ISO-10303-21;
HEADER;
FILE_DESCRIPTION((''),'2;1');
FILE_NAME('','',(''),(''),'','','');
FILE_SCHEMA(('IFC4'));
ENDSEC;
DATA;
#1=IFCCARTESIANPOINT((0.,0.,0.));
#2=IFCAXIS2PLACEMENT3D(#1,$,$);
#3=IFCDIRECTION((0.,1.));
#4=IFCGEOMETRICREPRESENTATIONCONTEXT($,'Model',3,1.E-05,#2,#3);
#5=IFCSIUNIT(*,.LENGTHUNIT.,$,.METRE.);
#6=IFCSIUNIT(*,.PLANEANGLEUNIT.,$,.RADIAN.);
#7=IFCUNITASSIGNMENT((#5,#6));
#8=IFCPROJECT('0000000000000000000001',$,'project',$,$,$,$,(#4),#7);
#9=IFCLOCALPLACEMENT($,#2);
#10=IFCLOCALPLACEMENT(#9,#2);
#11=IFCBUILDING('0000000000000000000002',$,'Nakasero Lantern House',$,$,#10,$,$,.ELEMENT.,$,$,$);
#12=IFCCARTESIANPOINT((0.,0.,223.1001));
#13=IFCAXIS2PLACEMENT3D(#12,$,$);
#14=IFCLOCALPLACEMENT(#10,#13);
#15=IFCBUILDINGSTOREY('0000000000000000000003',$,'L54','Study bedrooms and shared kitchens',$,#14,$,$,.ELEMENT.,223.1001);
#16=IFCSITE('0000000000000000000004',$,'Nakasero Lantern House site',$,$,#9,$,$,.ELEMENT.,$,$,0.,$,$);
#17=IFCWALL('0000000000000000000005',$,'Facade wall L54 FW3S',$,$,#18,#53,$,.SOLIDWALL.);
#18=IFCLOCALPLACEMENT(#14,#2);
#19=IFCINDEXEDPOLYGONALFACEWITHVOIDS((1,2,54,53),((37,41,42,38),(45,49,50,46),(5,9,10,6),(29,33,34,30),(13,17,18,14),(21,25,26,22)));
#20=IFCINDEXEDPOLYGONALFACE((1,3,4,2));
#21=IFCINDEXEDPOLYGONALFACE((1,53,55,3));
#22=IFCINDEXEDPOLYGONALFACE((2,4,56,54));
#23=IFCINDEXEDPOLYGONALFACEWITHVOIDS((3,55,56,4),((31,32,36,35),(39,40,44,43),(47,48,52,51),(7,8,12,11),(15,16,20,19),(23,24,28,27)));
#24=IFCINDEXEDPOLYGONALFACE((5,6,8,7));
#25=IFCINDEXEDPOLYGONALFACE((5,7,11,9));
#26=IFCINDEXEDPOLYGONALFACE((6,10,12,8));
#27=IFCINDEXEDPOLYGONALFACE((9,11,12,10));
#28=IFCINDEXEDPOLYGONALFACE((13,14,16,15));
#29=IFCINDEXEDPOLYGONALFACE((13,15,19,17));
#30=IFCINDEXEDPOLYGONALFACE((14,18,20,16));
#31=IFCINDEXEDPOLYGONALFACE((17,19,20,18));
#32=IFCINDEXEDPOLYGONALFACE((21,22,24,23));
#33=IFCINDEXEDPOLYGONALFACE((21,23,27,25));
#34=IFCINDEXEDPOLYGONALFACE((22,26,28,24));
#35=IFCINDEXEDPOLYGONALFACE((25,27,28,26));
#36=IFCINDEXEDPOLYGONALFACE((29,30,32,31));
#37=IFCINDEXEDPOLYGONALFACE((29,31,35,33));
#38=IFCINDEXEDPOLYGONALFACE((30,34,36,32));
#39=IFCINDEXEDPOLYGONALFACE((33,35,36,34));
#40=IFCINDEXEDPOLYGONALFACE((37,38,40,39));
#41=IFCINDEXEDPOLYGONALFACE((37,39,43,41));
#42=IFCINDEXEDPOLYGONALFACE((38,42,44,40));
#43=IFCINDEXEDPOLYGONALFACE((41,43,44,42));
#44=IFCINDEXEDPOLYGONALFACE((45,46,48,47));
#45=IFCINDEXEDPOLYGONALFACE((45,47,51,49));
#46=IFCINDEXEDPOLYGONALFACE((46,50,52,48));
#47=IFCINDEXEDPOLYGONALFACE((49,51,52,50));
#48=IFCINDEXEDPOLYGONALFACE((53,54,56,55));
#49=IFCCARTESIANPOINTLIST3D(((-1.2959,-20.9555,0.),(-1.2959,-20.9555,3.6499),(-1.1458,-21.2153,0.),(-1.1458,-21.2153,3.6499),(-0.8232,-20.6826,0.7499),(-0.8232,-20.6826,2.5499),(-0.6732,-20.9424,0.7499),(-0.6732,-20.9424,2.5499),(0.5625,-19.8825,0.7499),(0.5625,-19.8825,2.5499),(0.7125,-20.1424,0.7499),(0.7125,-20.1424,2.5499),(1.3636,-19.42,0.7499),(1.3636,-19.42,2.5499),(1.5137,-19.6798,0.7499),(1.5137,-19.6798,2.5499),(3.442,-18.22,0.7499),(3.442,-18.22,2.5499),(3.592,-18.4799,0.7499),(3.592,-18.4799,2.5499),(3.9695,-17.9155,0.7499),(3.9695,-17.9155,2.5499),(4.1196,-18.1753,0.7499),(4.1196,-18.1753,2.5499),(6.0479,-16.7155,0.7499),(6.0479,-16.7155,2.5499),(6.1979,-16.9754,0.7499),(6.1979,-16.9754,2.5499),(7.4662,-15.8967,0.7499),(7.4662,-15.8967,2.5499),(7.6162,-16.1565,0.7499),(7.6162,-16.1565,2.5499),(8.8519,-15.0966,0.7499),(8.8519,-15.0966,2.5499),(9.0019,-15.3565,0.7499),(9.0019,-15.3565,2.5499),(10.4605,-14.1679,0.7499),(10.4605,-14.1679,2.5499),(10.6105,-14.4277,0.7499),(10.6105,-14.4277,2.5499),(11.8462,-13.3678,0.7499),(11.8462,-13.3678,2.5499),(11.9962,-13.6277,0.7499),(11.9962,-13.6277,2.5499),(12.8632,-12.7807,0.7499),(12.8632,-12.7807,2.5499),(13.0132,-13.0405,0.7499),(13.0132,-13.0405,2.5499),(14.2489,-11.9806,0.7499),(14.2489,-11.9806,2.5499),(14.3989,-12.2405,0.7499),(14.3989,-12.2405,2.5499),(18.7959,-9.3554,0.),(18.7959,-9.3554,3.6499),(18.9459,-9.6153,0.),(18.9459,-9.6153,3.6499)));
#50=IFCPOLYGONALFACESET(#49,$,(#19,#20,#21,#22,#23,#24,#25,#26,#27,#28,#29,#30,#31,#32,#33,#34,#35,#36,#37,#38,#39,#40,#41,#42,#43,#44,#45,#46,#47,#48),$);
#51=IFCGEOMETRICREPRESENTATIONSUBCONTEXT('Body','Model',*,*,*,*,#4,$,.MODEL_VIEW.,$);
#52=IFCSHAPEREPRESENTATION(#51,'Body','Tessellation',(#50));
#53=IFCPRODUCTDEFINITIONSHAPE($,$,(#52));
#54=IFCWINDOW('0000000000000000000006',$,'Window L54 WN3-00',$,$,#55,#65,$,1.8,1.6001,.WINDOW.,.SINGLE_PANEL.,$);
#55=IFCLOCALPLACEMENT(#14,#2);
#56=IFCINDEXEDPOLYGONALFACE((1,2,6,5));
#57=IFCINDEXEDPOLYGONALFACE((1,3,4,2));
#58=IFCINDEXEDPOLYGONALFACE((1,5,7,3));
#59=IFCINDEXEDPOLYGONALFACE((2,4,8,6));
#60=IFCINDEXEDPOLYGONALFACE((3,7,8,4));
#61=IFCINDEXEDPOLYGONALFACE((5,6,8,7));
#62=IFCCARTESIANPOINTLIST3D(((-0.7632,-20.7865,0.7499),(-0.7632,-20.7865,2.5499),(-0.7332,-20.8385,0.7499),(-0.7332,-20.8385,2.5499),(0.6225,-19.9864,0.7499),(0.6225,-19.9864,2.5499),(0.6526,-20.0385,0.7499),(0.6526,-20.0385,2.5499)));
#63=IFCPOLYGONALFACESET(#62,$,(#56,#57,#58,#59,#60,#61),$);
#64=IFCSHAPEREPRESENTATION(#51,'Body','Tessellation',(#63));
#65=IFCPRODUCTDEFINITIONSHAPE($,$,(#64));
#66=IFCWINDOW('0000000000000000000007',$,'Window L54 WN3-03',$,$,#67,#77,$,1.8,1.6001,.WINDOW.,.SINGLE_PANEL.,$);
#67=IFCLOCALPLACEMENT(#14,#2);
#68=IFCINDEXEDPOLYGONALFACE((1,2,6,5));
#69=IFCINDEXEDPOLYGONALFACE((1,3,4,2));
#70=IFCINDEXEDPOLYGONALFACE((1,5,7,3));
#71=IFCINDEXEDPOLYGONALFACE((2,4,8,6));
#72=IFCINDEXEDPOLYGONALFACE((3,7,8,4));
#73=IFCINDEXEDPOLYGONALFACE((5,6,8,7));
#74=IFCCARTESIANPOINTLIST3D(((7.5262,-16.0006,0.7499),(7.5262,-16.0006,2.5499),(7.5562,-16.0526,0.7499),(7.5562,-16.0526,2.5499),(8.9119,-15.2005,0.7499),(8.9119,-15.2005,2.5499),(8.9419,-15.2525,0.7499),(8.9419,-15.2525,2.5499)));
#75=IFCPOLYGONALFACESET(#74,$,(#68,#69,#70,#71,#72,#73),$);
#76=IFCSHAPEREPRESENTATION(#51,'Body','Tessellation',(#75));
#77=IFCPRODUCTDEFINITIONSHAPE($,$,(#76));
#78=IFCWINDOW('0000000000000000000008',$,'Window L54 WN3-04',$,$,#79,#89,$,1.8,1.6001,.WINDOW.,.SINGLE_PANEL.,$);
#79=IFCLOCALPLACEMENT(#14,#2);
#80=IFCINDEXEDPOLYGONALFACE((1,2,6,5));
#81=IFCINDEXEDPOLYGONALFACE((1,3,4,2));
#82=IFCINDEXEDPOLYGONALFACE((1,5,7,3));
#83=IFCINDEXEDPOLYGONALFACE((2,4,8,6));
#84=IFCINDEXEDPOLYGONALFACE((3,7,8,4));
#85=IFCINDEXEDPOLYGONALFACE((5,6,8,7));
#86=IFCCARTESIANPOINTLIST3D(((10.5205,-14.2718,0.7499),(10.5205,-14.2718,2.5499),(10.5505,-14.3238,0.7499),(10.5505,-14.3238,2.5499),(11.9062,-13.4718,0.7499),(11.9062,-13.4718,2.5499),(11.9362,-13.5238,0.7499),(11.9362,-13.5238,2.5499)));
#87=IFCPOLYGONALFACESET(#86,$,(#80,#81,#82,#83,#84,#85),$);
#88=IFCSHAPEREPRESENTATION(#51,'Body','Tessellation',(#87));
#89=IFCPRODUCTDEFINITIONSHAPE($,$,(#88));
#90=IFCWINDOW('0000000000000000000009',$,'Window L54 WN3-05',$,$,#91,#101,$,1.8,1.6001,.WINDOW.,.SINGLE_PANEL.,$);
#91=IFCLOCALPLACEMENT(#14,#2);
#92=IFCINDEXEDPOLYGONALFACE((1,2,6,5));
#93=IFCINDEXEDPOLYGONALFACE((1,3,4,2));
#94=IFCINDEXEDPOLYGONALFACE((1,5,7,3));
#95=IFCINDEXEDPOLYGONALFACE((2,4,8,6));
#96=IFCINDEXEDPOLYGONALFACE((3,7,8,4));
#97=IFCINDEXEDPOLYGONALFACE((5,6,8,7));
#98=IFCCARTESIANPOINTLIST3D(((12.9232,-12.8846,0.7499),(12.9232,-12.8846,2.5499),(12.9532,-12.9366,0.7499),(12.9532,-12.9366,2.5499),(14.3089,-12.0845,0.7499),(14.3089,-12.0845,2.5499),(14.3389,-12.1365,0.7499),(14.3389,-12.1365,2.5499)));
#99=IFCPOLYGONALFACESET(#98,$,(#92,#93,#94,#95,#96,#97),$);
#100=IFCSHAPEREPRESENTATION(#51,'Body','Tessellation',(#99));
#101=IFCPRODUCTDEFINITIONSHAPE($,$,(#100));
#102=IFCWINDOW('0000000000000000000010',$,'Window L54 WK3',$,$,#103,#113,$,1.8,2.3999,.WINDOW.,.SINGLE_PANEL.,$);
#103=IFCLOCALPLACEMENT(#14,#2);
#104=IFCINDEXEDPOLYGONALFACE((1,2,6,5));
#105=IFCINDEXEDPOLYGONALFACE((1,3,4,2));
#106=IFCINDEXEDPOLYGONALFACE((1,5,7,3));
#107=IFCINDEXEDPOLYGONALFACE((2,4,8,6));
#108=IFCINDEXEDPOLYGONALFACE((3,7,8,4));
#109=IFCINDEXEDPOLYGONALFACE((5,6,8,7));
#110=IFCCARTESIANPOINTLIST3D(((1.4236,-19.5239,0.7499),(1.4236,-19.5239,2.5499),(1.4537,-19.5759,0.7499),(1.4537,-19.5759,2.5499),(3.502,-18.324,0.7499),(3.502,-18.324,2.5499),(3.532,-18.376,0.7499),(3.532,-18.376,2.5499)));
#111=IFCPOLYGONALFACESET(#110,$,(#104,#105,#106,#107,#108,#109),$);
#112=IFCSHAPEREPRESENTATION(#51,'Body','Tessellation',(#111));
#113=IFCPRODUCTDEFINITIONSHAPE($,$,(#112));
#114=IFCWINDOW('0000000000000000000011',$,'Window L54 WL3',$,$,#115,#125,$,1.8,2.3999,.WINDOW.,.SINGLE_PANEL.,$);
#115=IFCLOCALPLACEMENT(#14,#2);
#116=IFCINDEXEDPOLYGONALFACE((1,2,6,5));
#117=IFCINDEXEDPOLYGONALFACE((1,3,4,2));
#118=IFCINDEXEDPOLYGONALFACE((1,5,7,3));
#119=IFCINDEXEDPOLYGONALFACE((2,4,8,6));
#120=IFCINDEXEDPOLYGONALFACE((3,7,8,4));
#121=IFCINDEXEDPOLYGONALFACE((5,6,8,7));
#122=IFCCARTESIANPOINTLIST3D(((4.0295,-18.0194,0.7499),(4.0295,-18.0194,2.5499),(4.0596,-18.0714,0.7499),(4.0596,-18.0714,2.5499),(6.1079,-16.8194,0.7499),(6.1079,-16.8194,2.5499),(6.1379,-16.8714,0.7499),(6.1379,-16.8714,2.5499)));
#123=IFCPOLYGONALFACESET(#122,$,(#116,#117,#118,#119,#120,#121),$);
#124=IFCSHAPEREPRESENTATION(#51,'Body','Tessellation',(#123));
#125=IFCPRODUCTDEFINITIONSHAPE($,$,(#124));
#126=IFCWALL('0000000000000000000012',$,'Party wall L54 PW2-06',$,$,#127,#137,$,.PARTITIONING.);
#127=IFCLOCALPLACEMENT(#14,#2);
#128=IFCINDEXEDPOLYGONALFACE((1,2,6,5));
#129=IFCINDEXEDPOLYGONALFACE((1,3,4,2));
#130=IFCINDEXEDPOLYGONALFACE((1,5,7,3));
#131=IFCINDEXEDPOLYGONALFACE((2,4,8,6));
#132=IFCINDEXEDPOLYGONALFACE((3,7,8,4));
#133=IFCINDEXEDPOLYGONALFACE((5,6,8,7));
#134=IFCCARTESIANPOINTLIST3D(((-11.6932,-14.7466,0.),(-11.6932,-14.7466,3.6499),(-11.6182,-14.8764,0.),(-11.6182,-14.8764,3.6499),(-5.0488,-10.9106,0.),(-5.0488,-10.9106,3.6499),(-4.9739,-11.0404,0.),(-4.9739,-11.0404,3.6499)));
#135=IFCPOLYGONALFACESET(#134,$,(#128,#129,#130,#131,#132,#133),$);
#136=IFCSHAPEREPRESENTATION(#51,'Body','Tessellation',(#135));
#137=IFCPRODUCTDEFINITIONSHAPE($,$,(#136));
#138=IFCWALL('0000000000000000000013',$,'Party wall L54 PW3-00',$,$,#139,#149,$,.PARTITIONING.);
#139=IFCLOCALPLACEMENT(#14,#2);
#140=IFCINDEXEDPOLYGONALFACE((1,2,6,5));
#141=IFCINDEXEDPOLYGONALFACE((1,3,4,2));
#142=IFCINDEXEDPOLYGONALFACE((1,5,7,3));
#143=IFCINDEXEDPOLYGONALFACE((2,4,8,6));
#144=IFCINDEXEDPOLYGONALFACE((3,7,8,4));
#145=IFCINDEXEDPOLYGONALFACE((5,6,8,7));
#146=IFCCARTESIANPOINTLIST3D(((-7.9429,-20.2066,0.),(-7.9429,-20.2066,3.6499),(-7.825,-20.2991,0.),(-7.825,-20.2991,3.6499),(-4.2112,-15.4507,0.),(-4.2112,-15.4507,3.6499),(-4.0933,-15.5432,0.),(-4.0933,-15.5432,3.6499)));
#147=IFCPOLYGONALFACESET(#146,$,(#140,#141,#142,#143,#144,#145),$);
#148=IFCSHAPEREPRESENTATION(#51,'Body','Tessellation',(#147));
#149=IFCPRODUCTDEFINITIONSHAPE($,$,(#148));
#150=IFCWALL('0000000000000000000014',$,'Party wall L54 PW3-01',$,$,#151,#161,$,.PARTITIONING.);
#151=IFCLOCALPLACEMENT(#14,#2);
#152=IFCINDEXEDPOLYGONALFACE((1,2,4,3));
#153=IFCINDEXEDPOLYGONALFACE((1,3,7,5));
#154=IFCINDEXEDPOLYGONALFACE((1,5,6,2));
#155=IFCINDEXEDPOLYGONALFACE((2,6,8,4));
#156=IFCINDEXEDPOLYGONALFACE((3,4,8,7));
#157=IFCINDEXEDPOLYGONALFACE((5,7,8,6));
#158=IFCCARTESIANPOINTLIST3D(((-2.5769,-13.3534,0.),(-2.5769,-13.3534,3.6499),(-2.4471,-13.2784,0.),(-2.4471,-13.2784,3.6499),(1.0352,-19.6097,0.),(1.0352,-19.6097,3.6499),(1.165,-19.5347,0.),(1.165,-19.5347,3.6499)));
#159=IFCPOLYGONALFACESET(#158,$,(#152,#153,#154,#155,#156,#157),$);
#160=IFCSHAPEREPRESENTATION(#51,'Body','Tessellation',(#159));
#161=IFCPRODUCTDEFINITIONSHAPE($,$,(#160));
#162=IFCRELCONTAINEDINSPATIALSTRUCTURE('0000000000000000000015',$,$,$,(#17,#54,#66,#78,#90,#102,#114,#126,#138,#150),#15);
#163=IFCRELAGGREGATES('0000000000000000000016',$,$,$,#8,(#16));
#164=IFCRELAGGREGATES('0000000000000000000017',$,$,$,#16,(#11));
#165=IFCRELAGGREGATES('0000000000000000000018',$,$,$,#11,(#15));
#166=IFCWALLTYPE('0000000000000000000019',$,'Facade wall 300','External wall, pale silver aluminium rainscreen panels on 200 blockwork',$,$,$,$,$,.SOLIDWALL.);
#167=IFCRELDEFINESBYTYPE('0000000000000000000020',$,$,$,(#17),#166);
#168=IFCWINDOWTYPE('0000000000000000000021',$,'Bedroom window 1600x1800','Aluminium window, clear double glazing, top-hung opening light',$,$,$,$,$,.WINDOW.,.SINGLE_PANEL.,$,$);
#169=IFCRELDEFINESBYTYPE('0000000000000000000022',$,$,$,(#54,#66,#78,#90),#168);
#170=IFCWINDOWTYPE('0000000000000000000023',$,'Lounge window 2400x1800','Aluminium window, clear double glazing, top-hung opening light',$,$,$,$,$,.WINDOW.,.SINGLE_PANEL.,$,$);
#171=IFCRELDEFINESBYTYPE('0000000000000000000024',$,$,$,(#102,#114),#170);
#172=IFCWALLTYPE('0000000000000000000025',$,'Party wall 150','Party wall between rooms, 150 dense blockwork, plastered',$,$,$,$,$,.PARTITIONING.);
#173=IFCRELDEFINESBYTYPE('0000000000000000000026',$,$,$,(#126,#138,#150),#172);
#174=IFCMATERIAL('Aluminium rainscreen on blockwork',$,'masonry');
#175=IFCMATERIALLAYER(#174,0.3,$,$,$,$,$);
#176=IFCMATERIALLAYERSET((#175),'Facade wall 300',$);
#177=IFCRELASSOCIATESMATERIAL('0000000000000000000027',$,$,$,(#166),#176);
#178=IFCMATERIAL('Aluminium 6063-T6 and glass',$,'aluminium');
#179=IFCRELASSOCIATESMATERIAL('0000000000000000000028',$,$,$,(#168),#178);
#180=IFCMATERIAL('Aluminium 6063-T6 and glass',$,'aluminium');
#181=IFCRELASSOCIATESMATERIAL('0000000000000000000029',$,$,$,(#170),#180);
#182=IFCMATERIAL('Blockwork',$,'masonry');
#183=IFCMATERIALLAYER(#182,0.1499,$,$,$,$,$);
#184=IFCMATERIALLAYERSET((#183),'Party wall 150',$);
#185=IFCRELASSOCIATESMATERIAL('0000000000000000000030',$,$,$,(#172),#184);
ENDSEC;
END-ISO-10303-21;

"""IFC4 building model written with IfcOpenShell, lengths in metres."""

from ifc_helpers import new_model, si_unit, direction, frame, frame_2d, origin, place, context, subcontext, project, spatial, rectangle, extrude, material, layer, layer_set, type_object, element, fill, save


model = new_model("IFC4")

# Units and contexts
model_context = context("Model", 3, precision=1e-05, world=origin(), true_north=direction((0.0, 1.0)))
body_context = subcontext(model_context, "Body", "Model", "MODEL_VIEW")
ifc_project = project(units=[si_unit("LENGTHUNIT", "METRE"), si_unit("PLANEANGLEUNIT", "RADIAN")], contexts=[model_context])

# Site, building, storey
site_placement = place(None, origin())
site = spatial("IfcSite", under=ifc_project, at=site_placement, Name="Nakasero Lantern House site", CompositionType="ELEMENT", RefElevation=0.0)
building_placement = place(site_placement, origin())
building = spatial("IfcBuilding", under=site, at=building_placement, Name="Nakasero Lantern House", CompositionType="ELEMENT")
storey_placement = place(building_placement, frame((0.0, 0.0, 223.1001)))
storey = spatial("IfcBuildingStorey", under=building, at=storey_placement, Name="L54", Description="Study bedrooms and shared kitchens", CompositionType="ELEMENT", Elevation=223.1001)

# Shared definitions
ifc_material_1 = material(Name="Aluminium rainscreen on blockwork", Category="masonry")
ifc_layer_1 = layer(ifc_material_1, 0.3)
ifc_layer_set_1 = layer_set([ifc_layer_1], Name="Facade wall 300")
wall_type_1 = type_object("IfcWallType", Name="Facade wall 300", Description="External wall, pale silver aluminium rainscreen panels on 200 blockwork", PredefinedType="SOLIDWALL", material=ifc_layer_set_1)

# Wall, openings, windows
wall_1_placement = place(storey_placement, frame((-1.2209, -21.0854, 0.0), z_axis=(0.0, 0.0, 1.0), x_axis=(0.866024, 0.500003, 0.0)))
wall_1 = element("IfcWall", 1, at=wall_1_placement, inside=storey, type_object=wall_type_1, Name="Facade wall L54 FW3S", PredefinedType="SOLIDWALL", context=body_context, shape_type="SweptSolid", body=[
    extrude(rectangle(XDim=23.2, YDim=0.3, at=frame_2d((11.6001, 0.0))), origin(), (0.0, 0.0, 1.0), 3.6499),
])
opening_1_placement = place(wall_1_placement, frame((0.5459, 0.0, 0.75)))
opening_1 = element("IfcOpeningElement", 2, at=opening_1_placement, cuts=wall_1, PredefinedType="OPENING", context=body_context, shape_type="SweptSolid", body=[
    extrude(rectangle(XDim=1.6001, YDim=1.8, at=frame_2d((0.8, 0.8999))), frame((0.0, 0.1699, 0.0), z_axis=(0.0, -1.0, 0.0), x_axis=(1.0, 0.0, 0.0)), (0.0, 0.0, 1.0), 0.3401),
])
opening_2_placement = place(wall_1_placement, frame((10.1177, 0.0, 0.75)))
opening_2 = element("IfcOpeningElement", 3, at=opening_2_placement, cuts=wall_1, PredefinedType="OPENING", context=body_context, shape_type="SweptSolid", body=[
    extrude(rectangle(XDim=1.6001, YDim=1.8, at=frame_2d((0.8, 0.8999))), frame((0.0, 0.1699, 0.0), z_axis=(0.0, -1.0, 0.0), x_axis=(1.0, 0.0, 0.0)), (0.0, 0.0, 1.0), 0.3401),
])
opening_3_placement = place(wall_1_placement, frame((13.5752, 0.0, 0.75)))
opening_3 = element("IfcOpeningElement", 4, at=opening_3_placement, cuts=wall_1, PredefinedType="OPENING", context=body_context, shape_type="SweptSolid", body=[
    extrude(rectangle(XDim=1.6001, YDim=1.8, at=frame_2d((0.8, 0.8999))), frame((0.0, 0.1699, 0.0), z_axis=(0.0, -1.0, 0.0), x_axis=(1.0, 0.0, 0.0)), (0.0, 0.0, 1.0), 0.3401),
])
opening_4_placement = place(wall_1_placement, frame((16.3496, 0.0, 0.75)))
opening_4 = element("IfcOpeningElement", 5, at=opening_4_placement, cuts=wall_1, PredefinedType="OPENING", context=body_context, shape_type="SweptSolid", body=[
    extrude(rectangle(XDim=1.6001, YDim=1.8, at=frame_2d((0.8, 0.8999))), frame((0.0, 0.1699, 0.0), z_axis=(0.0, -1.0, 0.0), x_axis=(1.0, 0.0, 0.0)), (0.0, 0.0, 1.0), 0.3401),
])
opening_5_placement = place(wall_1_placement, frame((3.071, 0.0, 0.75)))
opening_5 = element("IfcOpeningElement", 6, at=opening_5_placement, cuts=wall_1, PredefinedType="OPENING", context=body_context, shape_type="SweptSolid", body=[
    extrude(rectangle(XDim=2.3999, YDim=1.8, at=frame_2d((1.2, 0.8999))), frame((0.0, 0.1699, 0.0), z_axis=(0.0, -1.0, 0.0), x_axis=(1.0, 0.0, 0.0)), (0.0, 0.0, 1.0), 0.3401),
])
opening_6_placement = place(wall_1_placement, frame((6.0801, 0.0, 0.75)))
opening_6 = element("IfcOpeningElement", 7, at=opening_6_placement, cuts=wall_1, PredefinedType="OPENING", context=body_context, shape_type="SweptSolid", body=[
    extrude(rectangle(XDim=2.3999, YDim=1.8, at=frame_2d((1.2, 0.8999))), frame((0.0, 0.1699, 0.0), z_axis=(0.0, -1.0, 0.0), x_axis=(1.0, 0.0, 0.0)), (0.0, 0.0, 1.0), 0.3401),
])
ifc_material_2 = material(Name="Aluminium 6063-T6 and glass", Category="aluminium")
window_type_1 = type_object("IfcWindowType", Name="Bedroom window 1600x1800", Description="Aluminium window, clear double glazing, top-hung opening light", PartitioningType="SINGLE_PANEL", PredefinedType="WINDOW", material=ifc_material_2)
window_1_placement = place(opening_1_placement, origin())
window_1 = element("IfcWindow", 8, at=window_1_placement, inside=storey, type_object=window_type_1, Name="Window L54 WN3-00", OverallHeight=1.8, OverallWidth=1.6001, PartitioningType="SINGLE_PANEL", PredefinedType="WINDOW", context=body_context, shape_type="SweptSolid", body=[
    extrude(rectangle(XDim=1.6001, YDim=1.8, at=frame_2d((0.8, 0.8999))), frame((0.0, 0.03, 0.0), z_axis=(0.0, -1.0, 0.0), x_axis=(1.0, 0.0, 0.0)), (0.0, 0.0, 1.0), 0.0601),
])
fill(opening_1, window_1)
window_2_placement = place(opening_2_placement, origin())
window_2 = element("IfcWindow", 9, at=window_2_placement, inside=storey, type_object=window_type_1, Name="Window L54 WN3-03", OverallHeight=1.8, OverallWidth=1.6001, PartitioningType="SINGLE_PANEL", PredefinedType="WINDOW", context=body_context, shape_type="SweptSolid", body=[
    extrude(rectangle(XDim=1.6001, YDim=1.8, at=frame_2d((0.8, 0.8999))), frame((0.0, 0.03, 0.0), z_axis=(0.0, -1.0, 0.0), x_axis=(1.0, 0.0, 0.0)), (0.0, 0.0, 1.0), 0.0601),
])
fill(opening_2, window_2)
window_3_placement = place(opening_3_placement, origin())
window_3 = element("IfcWindow", 10, at=window_3_placement, inside=storey, type_object=window_type_1, Name="Window L54 WN3-04", OverallHeight=1.8, OverallWidth=1.6001, PartitioningType="SINGLE_PANEL", PredefinedType="WINDOW", context=body_context, shape_type="SweptSolid", body=[
    extrude(rectangle(XDim=1.6001, YDim=1.8, at=frame_2d((0.8, 0.8999))), frame((0.0, 0.03, 0.0), z_axis=(0.0, -1.0, 0.0), x_axis=(1.0, 0.0, 0.0)), (0.0, 0.0, 1.0), 0.0601),
])
fill(opening_3, window_3)
window_4_placement = place(opening_4_placement, origin())
window_4 = element("IfcWindow", 11, at=window_4_placement, inside=storey, type_object=window_type_1, Name="Window L54 WN3-05", OverallHeight=1.8, OverallWidth=1.6001, PartitioningType="SINGLE_PANEL", PredefinedType="WINDOW", context=body_context, shape_type="SweptSolid", body=[
    extrude(rectangle(XDim=1.6001, YDim=1.8, at=frame_2d((0.8, 0.8999))), frame((0.0, 0.03, 0.0), z_axis=(0.0, -1.0, 0.0), x_axis=(1.0, 0.0, 0.0)), (0.0, 0.0, 1.0), 0.0601),
])
fill(opening_4, window_4)
ifc_material_3 = material(Name="Aluminium 6063-T6 and glass", Category="aluminium")
window_type_2 = type_object("IfcWindowType", Name="Lounge window 2400x1800", Description="Aluminium window, clear double glazing, top-hung opening light", PartitioningType="SINGLE_PANEL", PredefinedType="WINDOW", material=ifc_material_3)
window_5_placement = place(opening_5_placement, origin())
window_5 = element("IfcWindow", 12, at=window_5_placement, inside=storey, type_object=window_type_2, Name="Window L54 WK3", OverallHeight=1.8, OverallWidth=2.3999, PartitioningType="SINGLE_PANEL", PredefinedType="WINDOW", context=body_context, shape_type="SweptSolid", body=[
    extrude(rectangle(XDim=2.3999, YDim=1.8, at=frame_2d((1.2, 0.8999))), frame((0.0, 0.03, 0.0), z_axis=(0.0, -1.0, 0.0), x_axis=(1.0, 0.0, 0.0)), (0.0, 0.0, 1.0), 0.0601),
])
fill(opening_5, window_5)
window_6_placement = place(opening_6_placement, origin())
window_6 = element("IfcWindow", 13, at=window_6_placement, inside=storey, type_object=window_type_2, Name="Window L54 WL3", OverallHeight=1.8, OverallWidth=2.3999, PartitioningType="SINGLE_PANEL", PredefinedType="WINDOW", context=body_context, shape_type="SweptSolid", body=[
    extrude(rectangle(XDim=2.3999, YDim=1.8, at=frame_2d((1.2, 0.8999))), frame((0.0, 0.03, 0.0), z_axis=(0.0, -1.0, 0.0), x_axis=(1.0, 0.0, 0.0)), (0.0, 0.0, 1.0), 0.0601),
])
fill(opening_6, window_6)

# Walls
ifc_material_4 = material(Name="Blockwork", Category="masonry")
ifc_layer_2 = layer(ifc_material_4, 0.1499)
ifc_layer_set_2 = layer_set([ifc_layer_2], Name="Party wall 150")
wall_type_2 = type_object("IfcWallType", Name="Party wall 150", Description="Party wall between rooms, 150 dense blockwork, plastered", PredefinedType="PARTITIONING", material=ifc_layer_set_2)
wall_2_placement = place(storey_placement, frame((-5.0115, -10.9756, 0.0), z_axis=(0.0, 0.0, 1.0), x_axis=(-0.866034, -0.499986, 0.0)))
element("IfcWall", 14, at=wall_2_placement, inside=storey, type_object=wall_type_2, Name="Party wall L54 PW2-06", PredefinedType="PARTITIONING", context=body_context, shape_type="SweptSolid", body=[
    extrude(rectangle(XDim=7.6721, YDim=0.1499, at=frame_2d((3.8359, 0.0))), origin(), (0.0, 0.0, 1.0), 3.6499),
])
wall_3_placement = place(storey_placement, frame((-4.1523, -15.4971, 0.0), z_axis=(0.0, 0.0, 1.0), x_axis=(-0.617304, -0.786725, 0.0)))
element("IfcWall", 15, at=wall_3_placement, inside=storey, type_object=wall_type_2, Name="Party wall L54 PW3-00", PredefinedType="PARTITIONING", context=body_context, shape_type="SweptSolid", body=[
    extrude(rectangle(XDim=6.0452, YDim=0.1499, at=frame_2d((3.0225, 0.0))), origin(), (0.0, 0.0, 1.0), 3.6499),
])
wall_4_placement = place(storey_placement, frame((-2.512, -13.3159, 0.0), z_axis=(0.0, 0.0, 1.0), x_axis=(0.499995, -0.866028, 0.0)))
element("IfcWall", 16, at=wall_4_placement, inside=storey, type_object=wall_type_2, Name="Party wall L54 PW3-01", PredefinedType="PARTITIONING", context=body_context, shape_type="SweptSolid", body=[
    extrude(rectangle(XDim=7.2241, YDim=0.1499, at=frame_2d((3.6121, 0.0))), origin(), (0.0, 0.0, 1.0), 3.6499),
])

save(model, "model.ifc")
